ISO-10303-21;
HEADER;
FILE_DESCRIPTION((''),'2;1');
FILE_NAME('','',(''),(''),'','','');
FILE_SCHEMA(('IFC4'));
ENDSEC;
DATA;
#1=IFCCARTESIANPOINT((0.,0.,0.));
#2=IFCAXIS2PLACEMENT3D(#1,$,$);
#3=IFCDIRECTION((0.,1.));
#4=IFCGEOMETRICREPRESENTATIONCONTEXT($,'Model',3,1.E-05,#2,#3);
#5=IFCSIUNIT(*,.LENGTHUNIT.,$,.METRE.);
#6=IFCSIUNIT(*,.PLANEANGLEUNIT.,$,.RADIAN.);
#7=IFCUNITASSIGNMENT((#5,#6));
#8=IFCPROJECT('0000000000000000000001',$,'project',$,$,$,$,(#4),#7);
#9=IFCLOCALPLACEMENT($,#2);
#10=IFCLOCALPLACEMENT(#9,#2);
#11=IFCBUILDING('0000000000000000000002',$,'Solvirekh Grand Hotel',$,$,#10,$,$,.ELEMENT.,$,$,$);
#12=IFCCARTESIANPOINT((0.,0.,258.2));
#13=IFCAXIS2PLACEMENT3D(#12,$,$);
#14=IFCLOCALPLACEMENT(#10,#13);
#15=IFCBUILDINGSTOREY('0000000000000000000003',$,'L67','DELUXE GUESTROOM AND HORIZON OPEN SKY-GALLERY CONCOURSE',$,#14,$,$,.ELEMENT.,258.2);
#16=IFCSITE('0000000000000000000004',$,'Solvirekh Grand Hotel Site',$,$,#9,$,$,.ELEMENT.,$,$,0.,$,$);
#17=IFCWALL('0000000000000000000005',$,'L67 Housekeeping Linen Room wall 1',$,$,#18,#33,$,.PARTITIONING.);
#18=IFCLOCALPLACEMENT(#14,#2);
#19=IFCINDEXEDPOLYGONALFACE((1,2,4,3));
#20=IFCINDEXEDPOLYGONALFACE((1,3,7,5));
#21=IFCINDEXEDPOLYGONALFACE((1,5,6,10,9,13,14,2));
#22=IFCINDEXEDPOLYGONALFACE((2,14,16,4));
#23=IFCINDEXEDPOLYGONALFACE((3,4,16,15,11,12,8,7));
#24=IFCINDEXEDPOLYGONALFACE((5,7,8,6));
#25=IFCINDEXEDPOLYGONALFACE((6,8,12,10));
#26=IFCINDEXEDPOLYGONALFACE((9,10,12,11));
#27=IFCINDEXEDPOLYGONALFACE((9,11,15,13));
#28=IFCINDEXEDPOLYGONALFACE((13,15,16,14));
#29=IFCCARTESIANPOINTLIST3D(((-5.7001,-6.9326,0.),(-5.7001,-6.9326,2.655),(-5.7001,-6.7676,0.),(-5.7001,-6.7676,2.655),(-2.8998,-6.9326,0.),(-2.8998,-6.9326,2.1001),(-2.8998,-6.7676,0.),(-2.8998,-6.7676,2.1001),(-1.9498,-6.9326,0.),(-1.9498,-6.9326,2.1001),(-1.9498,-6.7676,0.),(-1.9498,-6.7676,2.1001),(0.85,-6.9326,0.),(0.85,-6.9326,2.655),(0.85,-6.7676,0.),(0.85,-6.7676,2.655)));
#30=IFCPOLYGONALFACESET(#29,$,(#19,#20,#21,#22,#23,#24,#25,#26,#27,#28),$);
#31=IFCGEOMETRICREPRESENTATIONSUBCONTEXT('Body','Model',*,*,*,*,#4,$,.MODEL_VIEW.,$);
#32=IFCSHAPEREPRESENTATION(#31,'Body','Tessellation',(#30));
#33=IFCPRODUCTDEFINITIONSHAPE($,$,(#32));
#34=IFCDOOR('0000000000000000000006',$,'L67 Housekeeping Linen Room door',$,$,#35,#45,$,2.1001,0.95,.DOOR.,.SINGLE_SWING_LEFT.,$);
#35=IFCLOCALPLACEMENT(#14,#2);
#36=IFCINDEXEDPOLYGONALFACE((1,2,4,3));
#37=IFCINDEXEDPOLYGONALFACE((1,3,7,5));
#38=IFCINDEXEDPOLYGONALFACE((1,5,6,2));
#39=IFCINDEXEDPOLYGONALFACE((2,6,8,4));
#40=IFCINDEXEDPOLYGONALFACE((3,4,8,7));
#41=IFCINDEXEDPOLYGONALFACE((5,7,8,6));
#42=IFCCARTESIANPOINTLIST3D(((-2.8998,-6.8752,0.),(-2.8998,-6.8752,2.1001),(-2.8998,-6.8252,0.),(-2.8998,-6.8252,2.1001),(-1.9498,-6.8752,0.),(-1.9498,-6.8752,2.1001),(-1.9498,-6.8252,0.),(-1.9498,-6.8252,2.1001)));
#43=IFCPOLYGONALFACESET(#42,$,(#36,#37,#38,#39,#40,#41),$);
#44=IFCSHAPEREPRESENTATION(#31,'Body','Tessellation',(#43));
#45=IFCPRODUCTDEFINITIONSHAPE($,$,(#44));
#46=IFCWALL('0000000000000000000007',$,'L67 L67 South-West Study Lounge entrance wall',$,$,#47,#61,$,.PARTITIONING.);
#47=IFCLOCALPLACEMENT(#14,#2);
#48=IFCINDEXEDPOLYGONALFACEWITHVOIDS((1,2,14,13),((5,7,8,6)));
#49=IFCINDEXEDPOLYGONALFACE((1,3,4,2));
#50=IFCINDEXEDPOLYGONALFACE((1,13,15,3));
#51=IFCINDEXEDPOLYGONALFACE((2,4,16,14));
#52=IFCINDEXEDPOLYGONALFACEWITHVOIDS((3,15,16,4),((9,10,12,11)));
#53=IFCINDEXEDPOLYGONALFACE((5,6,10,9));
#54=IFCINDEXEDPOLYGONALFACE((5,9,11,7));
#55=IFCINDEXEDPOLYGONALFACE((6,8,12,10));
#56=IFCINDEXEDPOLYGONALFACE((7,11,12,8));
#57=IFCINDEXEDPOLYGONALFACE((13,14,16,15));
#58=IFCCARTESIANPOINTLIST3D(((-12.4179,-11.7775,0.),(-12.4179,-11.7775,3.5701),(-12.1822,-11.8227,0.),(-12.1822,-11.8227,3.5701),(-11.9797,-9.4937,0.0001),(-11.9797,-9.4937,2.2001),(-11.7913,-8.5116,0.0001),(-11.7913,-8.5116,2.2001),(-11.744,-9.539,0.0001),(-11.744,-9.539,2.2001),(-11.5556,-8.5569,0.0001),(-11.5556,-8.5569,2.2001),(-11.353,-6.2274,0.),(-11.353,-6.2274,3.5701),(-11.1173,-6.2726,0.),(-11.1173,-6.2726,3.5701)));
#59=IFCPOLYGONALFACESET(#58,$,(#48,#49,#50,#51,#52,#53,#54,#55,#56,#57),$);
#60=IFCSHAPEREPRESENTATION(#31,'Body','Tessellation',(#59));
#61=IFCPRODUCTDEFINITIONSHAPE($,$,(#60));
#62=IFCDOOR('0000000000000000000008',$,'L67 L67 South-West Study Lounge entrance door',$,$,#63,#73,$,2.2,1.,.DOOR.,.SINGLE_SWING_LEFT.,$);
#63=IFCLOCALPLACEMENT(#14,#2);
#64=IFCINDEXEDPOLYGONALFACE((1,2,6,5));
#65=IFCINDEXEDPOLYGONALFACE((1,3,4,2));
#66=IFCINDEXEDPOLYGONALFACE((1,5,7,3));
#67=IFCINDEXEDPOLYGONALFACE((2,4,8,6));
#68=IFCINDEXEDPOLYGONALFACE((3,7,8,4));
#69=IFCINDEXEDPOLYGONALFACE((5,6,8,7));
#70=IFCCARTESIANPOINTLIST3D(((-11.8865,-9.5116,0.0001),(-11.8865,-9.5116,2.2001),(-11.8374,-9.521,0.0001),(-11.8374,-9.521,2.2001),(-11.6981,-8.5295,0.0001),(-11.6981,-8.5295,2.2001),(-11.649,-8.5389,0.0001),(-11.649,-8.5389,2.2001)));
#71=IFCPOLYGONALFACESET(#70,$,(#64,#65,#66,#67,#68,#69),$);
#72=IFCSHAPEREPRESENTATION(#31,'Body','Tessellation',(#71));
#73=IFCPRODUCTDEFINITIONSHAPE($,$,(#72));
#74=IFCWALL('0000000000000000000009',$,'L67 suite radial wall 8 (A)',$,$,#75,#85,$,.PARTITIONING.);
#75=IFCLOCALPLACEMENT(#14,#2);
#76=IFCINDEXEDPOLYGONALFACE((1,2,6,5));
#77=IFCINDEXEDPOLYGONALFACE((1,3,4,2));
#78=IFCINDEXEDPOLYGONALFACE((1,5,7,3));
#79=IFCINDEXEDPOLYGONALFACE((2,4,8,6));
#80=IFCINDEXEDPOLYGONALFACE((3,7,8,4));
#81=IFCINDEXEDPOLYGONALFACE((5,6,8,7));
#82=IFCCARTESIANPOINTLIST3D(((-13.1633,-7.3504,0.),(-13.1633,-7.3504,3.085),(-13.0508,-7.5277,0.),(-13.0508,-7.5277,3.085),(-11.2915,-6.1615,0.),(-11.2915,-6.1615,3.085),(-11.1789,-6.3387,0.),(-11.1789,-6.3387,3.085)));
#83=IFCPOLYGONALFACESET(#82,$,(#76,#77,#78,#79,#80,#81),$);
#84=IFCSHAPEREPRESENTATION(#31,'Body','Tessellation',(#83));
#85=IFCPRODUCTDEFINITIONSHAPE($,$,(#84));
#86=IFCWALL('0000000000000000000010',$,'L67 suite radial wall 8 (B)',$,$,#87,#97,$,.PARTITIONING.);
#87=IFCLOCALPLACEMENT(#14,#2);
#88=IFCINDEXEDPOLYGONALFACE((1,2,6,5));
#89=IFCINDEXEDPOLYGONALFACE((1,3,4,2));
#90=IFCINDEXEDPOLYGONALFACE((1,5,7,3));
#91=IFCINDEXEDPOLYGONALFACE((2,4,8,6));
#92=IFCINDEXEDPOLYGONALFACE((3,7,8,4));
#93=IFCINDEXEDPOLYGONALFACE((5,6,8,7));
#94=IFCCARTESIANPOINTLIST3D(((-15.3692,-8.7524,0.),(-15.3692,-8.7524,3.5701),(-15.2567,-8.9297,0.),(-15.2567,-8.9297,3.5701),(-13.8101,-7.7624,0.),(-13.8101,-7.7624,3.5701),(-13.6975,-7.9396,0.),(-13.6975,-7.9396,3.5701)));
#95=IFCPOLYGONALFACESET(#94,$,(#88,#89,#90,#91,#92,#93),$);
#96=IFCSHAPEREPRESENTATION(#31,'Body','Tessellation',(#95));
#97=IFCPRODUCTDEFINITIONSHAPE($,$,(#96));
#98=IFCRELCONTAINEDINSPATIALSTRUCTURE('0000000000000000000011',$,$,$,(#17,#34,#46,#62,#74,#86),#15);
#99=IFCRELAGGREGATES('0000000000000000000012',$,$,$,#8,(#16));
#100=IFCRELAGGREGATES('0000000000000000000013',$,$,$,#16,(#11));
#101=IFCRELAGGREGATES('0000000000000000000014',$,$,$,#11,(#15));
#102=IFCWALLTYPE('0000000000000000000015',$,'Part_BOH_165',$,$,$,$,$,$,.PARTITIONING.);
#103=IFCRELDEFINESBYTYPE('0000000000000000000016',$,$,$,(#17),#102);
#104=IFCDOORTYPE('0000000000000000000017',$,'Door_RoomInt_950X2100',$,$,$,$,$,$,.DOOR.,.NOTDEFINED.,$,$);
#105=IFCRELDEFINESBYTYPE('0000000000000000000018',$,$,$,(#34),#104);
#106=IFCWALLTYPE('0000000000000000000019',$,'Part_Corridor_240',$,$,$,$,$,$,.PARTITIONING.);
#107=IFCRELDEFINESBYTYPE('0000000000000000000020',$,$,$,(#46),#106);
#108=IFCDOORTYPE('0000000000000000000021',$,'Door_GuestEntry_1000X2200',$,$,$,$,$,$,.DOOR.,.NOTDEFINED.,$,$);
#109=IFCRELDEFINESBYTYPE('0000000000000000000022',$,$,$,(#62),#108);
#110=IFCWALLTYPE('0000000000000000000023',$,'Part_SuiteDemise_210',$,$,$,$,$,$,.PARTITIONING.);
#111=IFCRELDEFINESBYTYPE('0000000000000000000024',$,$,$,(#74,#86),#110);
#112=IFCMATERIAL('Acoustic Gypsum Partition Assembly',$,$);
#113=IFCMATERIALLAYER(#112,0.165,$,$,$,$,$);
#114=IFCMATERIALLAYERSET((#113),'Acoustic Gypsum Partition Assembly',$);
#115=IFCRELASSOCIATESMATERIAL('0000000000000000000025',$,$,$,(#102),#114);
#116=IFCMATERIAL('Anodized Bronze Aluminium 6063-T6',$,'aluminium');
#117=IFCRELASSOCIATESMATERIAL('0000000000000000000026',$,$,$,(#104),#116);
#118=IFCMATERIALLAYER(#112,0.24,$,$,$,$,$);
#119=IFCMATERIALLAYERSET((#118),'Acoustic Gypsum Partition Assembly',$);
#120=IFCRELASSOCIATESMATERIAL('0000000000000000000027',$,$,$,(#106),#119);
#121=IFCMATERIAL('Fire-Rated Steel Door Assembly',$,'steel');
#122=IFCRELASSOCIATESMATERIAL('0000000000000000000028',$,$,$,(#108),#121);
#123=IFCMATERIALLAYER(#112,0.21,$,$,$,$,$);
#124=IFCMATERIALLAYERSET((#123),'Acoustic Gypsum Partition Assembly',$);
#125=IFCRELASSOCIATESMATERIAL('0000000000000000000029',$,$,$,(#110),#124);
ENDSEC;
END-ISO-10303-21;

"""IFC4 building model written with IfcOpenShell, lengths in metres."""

from ifc_helpers import new_model, si_unit, direction, frame, frame_2d, origin, place, context, subcontext, project, spatial, rectangle, extrude, material, layer, layer_set, type_object, element, fill, save


model = new_model("IFC4")

# Units and contexts
model_context = context("Model", 3, precision=1e-05, world=origin(), true_north=direction((0.0, 1.0)))
body_context = subcontext(model_context, "Body", "Model", "MODEL_VIEW")
ifc_project = project(units=[si_unit("LENGTHUNIT", "METRE"), si_unit("PLANEANGLEUNIT", "RADIAN")], contexts=[model_context])

# Site, building, storey
site_placement = place(None, origin())
site = spatial("IfcSite", under=ifc_project, at=site_placement, Name="Solvirekh Grand Hotel Site", CompositionType="ELEMENT", RefElevation=0.0)
building_placement = place(site_placement, origin())
building = spatial("IfcBuilding", under=site, at=building_placement, Name="Solvirekh Grand Hotel", CompositionType="ELEMENT")
storey_placement = place(building_placement, frame((0.0, 0.0, 258.2)))
storey = spatial("IfcBuildingStorey", under=building, at=storey_placement, Name="L67", Description="DELUXE GUESTROOM AND HORIZON OPEN SKY-GALLERY CONCOURSE", CompositionType="ELEMENT", Elevation=258.2)

# Shared definitions
ifc_material_1 = material(Name="Acoustic Gypsum Partition Assembly")
ifc_layer_1 = layer(ifc_material_1, 0.165)
ifc_layer_set_1 = layer_set([ifc_layer_1], Name="Acoustic Gypsum Partition Assembly")
wall_type_1 = type_object("IfcWallType", Name="Part_BOH_165", PredefinedType="PARTITIONING", material=ifc_layer_set_1)

# Walls, openings, doors
wall_1_placement = place(storey_placement, frame((-5.7, -6.8501, 0.0), z_axis=(0.0, 0.0, 1.0), x_axis=(1.0, 0.0, 0.0)))
wall_1 = element("IfcWall", 1, at=wall_1_placement, inside=storey, type_object=wall_type_1, Name="L67 Housekeeping Linen Room wall 1", PredefinedType="PARTITIONING", context=body_context, shape_type="SweptSolid", body=[
    extrude(rectangle(XDim=6.55, YDim=0.165, at=frame_2d((3.2749, 0.0))), origin(), (0.0, 0.0, 1.0), 2.655),
])
opening_1_placement = place(wall_1_placement, frame((2.8, 0.0, 0.0)))
opening_1 = element("IfcOpeningElement", 2, at=opening_1_placement, cuts=wall_1, PredefinedType="OPENING", context=body_context, shape_type="SweptSolid", body=[
    extrude(rectangle(XDim=0.95, YDim=2.1001, at=frame_2d((0.4751, 1.05))), frame((0.0, 0.0925, 0.0), z_axis=(0.0, -1.0, 0.0), x_axis=(1.0, 0.0, 0.0)), (0.0, 0.0, 1.0), 0.1851),
])
ifc_material_2 = material(Name="Anodized Bronze Aluminium 6063-T6", Category="aluminium")
door_type_1 = type_object("IfcDoorType", Name="Door_RoomInt_950X2100", OperationType="NOTDEFINED", PredefinedType="DOOR", material=ifc_material_2)
door_1_placement = place(opening_1_placement, origin())
door_1 = element("IfcDoor", 3, at=door_1_placement, inside=storey, type_object=door_type_1, Name="L67 Housekeeping Linen Room door", OperationType="SINGLE_SWING_LEFT", OverallHeight=2.1001, OverallWidth=0.95, PredefinedType="DOOR", context=body_context, shape_type="SweptSolid", body=[
    extrude(rectangle(XDim=0.95, YDim=2.1001, at=frame_2d((0.4751, 1.05))), frame((0.0, 0.0249, 0.0), z_axis=(0.0, -1.0, 0.0), x_axis=(1.0, 0.0, 0.0)), (0.0, 0.0, 1.0), 0.05),
])
fill(opening_1, door_1)
ifc_layer_2 = layer(ifc_material_1, 0.24)
ifc_layer_set_2 = layer_set([ifc_layer_2], Name="Acoustic Gypsum Partition Assembly")
wall_type_2 = type_object("IfcWallType", Name="Part_Corridor_240", PredefinedType="PARTITIONING", material=ifc_layer_set_2)
wall_2_placement = place(storey_placement, frame((-11.2351, -6.25, 0.0), z_axis=(0.0, 0.0, 1.0), x_axis=(-0.188442, -0.982084, 0.0)))
wall_2 = element("IfcWall", 4, at=wall_2_placement, inside=storey, type_object=wall_type_2, Name="L67 L67 South-West Study Lounge entrance wall", PredefinedType="PARTITIONING", context=body_context, shape_type="SweptSolid", body=[
    extrude(rectangle(XDim=5.6514, YDim=0.24, at=frame_2d((2.8257, 0.0))), origin(), (0.0, 0.0, 1.0), 3.5701),
])
opening_2_placement = place(wall_2_placement, frame((2.3259, 0.0, 0.0)))
opening_2 = element("IfcOpeningElement", 5, at=opening_2_placement, cuts=wall_2, PredefinedType="OPENING", context=body_context, shape_type="SweptSolid", body=[
    extrude(rectangle(XDim=1.0, YDim=2.2, at=frame_2d((0.5, 1.1001))), frame((0.0, 0.1299, 0.0), z_axis=(0.0, -1.0, 0.0), x_axis=(1.0, 0.0, 0.0)), (0.0, 0.0, 1.0), 0.26),
])
ifc_material_3 = material(Name="Fire-Rated Steel Door Assembly", Category="steel")
door_type_2 = type_object("IfcDoorType", Name="Door_GuestEntry_1000X2200", OperationType="NOTDEFINED", PredefinedType="DOOR", material=ifc_material_3)
door_2_placement = place(opening_2_placement, origin())
door_2 = element("IfcDoor", 6, at=door_2_placement, inside=storey, type_object=door_type_2, Name="L67 L67 South-West Study Lounge entrance door", OperationType="SINGLE_SWING_LEFT", OverallHeight=2.2, OverallWidth=1.0, PredefinedType="DOOR", context=body_context, shape_type="SweptSolid", body=[
    extrude(rectangle(XDim=1.0, YDim=2.2, at=frame_2d((0.5, 1.1001))), frame((0.0, 0.0249, 0.0), z_axis=(0.0, -1.0, 0.0), x_axis=(1.0, 0.0, 0.0)), (0.0, 0.0, 1.0), 0.05),
])
fill(opening_2, door_2)

# Walls
ifc_layer_3 = layer(ifc_material_1, 0.21)
ifc_layer_set_3 = layer_set([ifc_layer_3], Name="Acoustic Gypsum Partition Assembly")
wall_type_3 = type_object("IfcWallType", Name="Part_SuiteDemise_210", PredefinedType="PARTITIONING", material=ifc_layer_set_3)
wall_3_placement = place(storey_placement, frame((-11.2351, -6.25, 0.0), z_axis=(0.0, 0.0, 1.0), x_axis=(-0.84411, -0.53617, 0.0)))
element("IfcWall", 7, at=wall_3_placement, inside=storey, type_object=wall_type_3, Name="L67 suite radial wall 8 (A)", PredefinedType="PARTITIONING", context=body_context, shape_type="SweptSolid", body=[
    extrude(rectangle(XDim=2.2175, YDim=0.21, at=frame_2d((1.1089, 0.0))), origin(), (0.0, 0.0, 1.0), 3.085),
])
wall_4_placement = place(storey_placement, frame((-13.7539, -7.8511, 0.0), z_axis=(0.0, 0.0, 1.0), x_axis=(-0.844189, -0.536046, 0.0)))
element("IfcWall", 8, at=wall_4_placement, inside=storey, type_object=wall_type_3, Name="L67 suite radial wall 8 (B)", PredefinedType="PARTITIONING", context=body_context, shape_type="SweptSolid", body=[
    extrude(rectangle(XDim=1.8469, YDim=0.21, at=frame_2d((0.9233, 0.0))), origin(), (0.0, 0.0, 1.0), 3.5701),
])

save(model, "model.ifc")
